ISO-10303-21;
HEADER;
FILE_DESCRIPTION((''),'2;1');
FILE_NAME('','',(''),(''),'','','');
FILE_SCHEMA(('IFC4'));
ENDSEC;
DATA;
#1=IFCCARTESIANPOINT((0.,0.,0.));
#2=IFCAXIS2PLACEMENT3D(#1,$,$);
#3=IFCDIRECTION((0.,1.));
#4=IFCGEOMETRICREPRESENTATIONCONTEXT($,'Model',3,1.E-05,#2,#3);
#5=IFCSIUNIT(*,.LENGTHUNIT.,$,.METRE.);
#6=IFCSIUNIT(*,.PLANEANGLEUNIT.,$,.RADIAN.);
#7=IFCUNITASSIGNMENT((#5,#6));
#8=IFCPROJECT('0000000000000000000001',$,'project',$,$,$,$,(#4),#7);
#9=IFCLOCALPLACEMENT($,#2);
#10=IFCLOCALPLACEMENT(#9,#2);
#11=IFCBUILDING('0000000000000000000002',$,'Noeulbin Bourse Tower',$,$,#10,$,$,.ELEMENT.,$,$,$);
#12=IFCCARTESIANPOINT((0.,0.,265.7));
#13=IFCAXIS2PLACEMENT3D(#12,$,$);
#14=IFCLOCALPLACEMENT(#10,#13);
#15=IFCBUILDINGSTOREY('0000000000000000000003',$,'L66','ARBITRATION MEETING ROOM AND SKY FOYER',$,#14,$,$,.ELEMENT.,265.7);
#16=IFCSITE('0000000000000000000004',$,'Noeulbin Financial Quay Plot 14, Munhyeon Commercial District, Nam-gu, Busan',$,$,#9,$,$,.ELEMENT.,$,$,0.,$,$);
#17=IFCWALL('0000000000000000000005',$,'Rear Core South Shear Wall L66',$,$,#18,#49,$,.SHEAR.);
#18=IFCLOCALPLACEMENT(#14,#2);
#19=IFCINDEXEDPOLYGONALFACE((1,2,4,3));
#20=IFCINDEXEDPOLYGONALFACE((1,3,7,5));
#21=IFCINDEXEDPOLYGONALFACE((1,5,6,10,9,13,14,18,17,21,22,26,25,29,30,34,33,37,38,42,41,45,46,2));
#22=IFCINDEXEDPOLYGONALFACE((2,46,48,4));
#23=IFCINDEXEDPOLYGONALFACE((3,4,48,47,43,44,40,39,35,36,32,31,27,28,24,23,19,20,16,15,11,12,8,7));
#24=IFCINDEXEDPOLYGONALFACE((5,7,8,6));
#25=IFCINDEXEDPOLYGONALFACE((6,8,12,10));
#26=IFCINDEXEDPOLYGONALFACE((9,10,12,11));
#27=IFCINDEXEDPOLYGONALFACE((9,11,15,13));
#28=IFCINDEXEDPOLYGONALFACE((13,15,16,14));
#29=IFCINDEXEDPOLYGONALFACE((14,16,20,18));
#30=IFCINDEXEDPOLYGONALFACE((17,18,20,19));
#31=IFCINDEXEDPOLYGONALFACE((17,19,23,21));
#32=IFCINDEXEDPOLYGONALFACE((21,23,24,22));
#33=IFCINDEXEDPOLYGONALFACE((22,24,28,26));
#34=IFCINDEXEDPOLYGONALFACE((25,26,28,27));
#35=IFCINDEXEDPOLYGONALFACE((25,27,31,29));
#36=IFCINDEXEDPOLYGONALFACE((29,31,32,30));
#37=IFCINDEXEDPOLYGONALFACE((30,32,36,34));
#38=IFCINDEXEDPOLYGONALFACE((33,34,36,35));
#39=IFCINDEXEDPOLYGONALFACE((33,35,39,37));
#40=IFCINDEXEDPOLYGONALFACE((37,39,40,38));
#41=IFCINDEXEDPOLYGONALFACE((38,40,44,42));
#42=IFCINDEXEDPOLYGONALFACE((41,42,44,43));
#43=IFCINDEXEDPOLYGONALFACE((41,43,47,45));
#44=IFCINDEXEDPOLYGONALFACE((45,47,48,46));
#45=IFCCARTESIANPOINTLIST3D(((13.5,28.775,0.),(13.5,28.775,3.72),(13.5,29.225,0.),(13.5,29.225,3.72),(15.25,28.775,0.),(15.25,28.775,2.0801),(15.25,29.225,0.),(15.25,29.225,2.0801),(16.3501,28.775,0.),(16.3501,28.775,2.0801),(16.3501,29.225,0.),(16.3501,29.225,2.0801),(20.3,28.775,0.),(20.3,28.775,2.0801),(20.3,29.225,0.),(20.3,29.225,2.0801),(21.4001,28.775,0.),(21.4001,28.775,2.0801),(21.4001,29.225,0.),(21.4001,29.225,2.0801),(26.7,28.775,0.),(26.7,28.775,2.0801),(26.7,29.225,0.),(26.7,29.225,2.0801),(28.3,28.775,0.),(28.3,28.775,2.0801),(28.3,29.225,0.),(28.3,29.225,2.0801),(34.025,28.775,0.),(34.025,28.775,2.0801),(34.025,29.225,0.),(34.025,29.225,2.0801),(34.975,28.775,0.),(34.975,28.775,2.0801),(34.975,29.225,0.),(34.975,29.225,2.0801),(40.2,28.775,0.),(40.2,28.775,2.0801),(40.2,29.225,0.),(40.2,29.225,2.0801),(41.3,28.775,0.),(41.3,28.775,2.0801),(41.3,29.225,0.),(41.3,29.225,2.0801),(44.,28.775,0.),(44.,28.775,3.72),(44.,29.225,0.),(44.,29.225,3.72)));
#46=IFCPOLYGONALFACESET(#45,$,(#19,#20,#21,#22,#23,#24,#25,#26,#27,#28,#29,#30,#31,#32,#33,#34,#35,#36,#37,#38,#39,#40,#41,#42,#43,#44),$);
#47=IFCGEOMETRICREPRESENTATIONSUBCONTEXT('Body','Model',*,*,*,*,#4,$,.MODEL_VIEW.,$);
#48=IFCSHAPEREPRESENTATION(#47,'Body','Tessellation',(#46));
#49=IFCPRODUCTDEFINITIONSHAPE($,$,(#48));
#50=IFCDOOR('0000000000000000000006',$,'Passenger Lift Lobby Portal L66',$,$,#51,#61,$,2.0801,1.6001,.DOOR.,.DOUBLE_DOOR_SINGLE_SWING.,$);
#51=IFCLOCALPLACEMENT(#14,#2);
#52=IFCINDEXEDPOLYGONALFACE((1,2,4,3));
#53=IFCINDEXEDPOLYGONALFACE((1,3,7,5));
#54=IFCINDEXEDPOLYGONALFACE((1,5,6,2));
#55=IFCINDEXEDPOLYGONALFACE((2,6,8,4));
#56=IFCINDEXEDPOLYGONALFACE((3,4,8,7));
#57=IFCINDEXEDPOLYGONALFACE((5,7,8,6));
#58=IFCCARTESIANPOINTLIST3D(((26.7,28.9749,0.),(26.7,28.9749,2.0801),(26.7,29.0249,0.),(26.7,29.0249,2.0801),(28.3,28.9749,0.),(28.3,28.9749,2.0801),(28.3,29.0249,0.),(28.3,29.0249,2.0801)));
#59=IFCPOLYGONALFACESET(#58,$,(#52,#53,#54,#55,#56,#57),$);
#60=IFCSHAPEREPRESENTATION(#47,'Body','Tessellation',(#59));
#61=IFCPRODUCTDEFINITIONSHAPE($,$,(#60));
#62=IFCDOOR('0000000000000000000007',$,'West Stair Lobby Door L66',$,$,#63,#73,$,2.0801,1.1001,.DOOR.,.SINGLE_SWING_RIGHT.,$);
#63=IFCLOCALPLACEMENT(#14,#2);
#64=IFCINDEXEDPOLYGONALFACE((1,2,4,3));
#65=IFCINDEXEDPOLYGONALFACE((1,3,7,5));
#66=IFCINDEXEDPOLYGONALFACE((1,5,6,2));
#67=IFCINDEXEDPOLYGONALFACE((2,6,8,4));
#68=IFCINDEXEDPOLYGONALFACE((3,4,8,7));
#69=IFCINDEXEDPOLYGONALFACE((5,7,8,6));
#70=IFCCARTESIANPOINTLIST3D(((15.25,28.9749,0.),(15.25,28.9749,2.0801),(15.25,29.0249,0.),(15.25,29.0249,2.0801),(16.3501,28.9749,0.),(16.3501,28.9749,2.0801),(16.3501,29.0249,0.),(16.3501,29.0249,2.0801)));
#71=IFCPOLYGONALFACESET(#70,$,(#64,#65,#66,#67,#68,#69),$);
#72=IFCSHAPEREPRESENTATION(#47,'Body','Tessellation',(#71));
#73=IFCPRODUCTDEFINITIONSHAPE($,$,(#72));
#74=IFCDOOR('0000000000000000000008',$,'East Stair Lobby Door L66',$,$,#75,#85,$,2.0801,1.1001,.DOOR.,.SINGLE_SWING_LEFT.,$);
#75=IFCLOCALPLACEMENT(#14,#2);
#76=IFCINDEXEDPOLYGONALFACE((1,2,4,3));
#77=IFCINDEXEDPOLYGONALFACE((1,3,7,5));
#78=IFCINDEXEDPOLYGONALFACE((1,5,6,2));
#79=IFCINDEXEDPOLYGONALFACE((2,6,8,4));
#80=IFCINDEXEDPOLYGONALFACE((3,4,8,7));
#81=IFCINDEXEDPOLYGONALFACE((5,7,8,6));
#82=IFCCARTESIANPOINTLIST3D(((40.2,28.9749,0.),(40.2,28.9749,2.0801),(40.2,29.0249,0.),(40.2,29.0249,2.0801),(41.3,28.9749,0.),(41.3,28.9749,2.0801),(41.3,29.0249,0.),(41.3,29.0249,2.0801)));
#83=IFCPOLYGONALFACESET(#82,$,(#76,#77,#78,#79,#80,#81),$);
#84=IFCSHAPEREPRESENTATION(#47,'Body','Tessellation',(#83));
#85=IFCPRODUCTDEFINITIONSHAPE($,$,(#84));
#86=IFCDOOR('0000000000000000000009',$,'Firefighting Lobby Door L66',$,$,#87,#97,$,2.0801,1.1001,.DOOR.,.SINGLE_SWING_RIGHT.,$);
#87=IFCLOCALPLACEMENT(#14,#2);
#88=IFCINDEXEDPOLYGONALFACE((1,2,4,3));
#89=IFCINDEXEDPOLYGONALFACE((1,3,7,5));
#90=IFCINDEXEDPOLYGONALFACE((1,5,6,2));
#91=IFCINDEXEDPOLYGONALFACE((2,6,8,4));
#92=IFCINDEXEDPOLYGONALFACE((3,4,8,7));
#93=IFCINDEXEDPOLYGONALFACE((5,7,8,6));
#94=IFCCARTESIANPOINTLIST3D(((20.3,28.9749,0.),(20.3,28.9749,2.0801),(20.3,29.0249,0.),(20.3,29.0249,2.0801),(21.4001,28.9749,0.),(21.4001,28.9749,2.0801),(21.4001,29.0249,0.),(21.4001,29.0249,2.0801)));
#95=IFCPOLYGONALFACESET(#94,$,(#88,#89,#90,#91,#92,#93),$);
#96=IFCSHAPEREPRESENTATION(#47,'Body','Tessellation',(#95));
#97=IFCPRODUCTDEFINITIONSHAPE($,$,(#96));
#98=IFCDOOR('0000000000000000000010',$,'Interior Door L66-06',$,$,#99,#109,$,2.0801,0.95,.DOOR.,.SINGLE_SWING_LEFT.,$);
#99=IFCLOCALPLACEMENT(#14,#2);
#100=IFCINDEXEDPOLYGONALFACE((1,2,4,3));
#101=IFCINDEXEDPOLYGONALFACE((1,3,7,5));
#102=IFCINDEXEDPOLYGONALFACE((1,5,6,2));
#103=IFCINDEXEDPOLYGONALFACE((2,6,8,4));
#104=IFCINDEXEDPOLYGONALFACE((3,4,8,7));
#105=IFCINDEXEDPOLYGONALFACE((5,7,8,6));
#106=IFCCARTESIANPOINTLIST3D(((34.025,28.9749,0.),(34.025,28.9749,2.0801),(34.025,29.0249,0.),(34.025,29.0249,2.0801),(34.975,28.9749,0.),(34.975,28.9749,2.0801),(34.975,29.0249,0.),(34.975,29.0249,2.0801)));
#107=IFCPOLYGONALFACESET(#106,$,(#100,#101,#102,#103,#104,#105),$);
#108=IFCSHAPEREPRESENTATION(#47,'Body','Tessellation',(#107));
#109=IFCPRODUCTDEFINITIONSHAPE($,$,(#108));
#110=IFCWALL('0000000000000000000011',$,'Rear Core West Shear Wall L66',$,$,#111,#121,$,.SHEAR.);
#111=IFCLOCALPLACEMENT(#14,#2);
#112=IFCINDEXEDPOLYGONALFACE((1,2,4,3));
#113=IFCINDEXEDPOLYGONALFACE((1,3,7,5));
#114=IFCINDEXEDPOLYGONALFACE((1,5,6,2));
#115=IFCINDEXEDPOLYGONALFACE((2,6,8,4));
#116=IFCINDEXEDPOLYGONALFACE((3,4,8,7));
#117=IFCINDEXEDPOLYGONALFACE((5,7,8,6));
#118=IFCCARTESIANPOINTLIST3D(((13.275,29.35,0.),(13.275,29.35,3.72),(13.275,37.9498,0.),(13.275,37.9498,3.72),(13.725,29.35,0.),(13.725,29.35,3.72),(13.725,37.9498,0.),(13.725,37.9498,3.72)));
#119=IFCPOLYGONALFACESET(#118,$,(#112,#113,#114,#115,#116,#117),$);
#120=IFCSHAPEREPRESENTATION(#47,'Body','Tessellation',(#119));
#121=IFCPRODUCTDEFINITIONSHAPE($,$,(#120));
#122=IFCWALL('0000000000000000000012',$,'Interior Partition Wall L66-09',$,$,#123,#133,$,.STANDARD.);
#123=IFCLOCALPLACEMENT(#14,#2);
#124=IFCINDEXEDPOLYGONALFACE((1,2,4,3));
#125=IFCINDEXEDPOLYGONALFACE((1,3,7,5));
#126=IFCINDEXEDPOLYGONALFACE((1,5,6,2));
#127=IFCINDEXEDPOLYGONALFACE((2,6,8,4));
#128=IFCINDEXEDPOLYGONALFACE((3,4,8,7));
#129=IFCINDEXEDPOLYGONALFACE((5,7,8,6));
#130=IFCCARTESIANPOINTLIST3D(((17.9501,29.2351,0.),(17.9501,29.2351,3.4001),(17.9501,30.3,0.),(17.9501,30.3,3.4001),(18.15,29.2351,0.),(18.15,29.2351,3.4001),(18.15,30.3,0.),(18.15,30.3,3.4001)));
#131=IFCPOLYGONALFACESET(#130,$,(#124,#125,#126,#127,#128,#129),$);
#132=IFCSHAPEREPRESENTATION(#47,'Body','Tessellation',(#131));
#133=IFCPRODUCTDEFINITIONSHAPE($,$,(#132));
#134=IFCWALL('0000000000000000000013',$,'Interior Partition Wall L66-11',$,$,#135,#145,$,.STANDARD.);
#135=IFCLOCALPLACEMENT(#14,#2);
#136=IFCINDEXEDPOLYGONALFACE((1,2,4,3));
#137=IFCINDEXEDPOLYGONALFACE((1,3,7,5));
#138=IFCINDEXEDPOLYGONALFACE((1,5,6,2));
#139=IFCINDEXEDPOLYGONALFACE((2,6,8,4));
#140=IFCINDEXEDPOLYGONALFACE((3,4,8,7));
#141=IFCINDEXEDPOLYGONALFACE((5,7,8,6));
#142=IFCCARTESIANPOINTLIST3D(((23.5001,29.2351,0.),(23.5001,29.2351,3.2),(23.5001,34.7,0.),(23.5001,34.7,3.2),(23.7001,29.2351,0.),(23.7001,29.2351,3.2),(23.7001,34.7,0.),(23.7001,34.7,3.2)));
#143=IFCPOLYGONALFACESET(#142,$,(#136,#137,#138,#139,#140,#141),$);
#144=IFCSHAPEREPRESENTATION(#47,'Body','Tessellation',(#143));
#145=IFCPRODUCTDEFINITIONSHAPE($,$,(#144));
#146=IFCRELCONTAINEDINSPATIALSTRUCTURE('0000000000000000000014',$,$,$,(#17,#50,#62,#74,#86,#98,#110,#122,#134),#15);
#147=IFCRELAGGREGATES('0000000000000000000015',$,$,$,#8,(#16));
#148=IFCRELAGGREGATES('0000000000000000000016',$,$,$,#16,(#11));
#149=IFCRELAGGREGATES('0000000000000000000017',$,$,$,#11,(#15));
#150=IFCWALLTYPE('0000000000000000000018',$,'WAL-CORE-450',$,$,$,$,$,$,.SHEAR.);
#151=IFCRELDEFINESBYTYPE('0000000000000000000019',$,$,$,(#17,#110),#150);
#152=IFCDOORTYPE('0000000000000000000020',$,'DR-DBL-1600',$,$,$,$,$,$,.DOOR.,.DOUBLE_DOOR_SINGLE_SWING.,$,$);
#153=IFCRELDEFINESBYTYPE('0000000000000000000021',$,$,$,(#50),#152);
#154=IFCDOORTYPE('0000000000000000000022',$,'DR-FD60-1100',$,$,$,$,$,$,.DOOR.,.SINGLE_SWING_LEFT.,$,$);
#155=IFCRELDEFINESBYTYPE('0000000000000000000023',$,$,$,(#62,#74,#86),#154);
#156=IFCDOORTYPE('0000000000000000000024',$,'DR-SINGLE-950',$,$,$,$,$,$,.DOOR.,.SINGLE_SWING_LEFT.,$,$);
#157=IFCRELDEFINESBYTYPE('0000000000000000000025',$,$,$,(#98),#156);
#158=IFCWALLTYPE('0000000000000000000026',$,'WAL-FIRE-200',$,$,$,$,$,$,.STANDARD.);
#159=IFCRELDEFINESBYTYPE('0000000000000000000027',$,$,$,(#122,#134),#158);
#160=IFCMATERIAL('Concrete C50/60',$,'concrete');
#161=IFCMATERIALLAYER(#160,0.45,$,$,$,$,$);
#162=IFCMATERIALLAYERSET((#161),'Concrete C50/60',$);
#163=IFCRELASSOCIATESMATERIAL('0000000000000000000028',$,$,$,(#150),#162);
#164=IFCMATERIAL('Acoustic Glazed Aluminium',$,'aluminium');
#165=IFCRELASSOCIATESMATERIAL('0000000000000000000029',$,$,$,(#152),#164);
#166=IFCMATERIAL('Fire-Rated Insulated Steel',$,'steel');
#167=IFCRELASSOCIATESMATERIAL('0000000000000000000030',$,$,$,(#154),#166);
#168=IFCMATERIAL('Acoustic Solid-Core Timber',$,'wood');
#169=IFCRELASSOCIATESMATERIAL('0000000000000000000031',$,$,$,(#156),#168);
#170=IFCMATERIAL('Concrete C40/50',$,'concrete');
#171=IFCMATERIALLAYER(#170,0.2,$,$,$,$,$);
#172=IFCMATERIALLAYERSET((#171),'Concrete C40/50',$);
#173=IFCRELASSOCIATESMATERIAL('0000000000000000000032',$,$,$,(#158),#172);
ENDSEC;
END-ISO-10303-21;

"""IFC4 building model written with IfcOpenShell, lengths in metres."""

from ifc_helpers import new_model, si_unit, direction, frame, frame_2d, origin, place, context, subcontext, project, spatial, rectangle, extrude, material, layer, layer_set, type_object, element, fill, save


model = new_model("IFC4")

# Units and contexts
model_context = context("Model", 3, precision=1e-05, world=origin(), true_north=direction((0.0, 1.0)))
body_context = subcontext(model_context, "Body", "Model", "MODEL_VIEW")
ifc_project = project(units=[si_unit("LENGTHUNIT", "METRE"), si_unit("PLANEANGLEUNIT", "RADIAN")], contexts=[model_context])

# Site, building, storey
site_placement = place(None, origin())
site = spatial("IfcSite", under=ifc_project, at=site_placement, Name="Noeulbin Financial Quay Plot 14, Munhyeon Commercial District, Nam-gu, Busan", CompositionType="ELEMENT", RefElevation=0.0)
building_placement = place(site_placement, origin())
building = spatial("IfcBuilding", under=site, at=building_placement, Name="Noeulbin Bourse Tower", CompositionType="ELEMENT")
storey_placement = place(building_placement, frame((0.0, 0.0, 265.7)))
storey = spatial("IfcBuildingStorey", under=building, at=storey_placement, Name="L66", Description="ARBITRATION MEETING ROOM AND SKY FOYER", CompositionType="ELEMENT", Elevation=265.7)

# Wall, openings, doors
ifc_material_1 = material(Name="Concrete C50/60", Category="concrete")
ifc_layer_1 = layer(ifc_material_1, 0.45)
ifc_layer_set_1 = layer_set([ifc_layer_1], Name="Concrete C50/60")
wall_type_1 = type_object("IfcWallType", Name="WAL-CORE-450", PredefinedType="SHEAR", material=ifc_layer_set_1)
wall_1_placement = place(storey_placement, frame((13.5, 29.0, 0.0), z_axis=(0.0, 0.0, 1.0), x_axis=(1.0, 0.0, 0.0)))
wall_1 = element("IfcWall", 1, at=wall_1_placement, inside=storey, type_object=wall_type_1, Name="Rear Core South Shear Wall L66", PredefinedType="SHEAR", context=body_context, shape_type="SweptSolid", body=[
    extrude(rectangle(XDim=30.5, YDim=0.45, at=frame_2d((15.25, 0.0))), origin(), (0.0, 0.0, 1.0), 3.72),
])
opening_1_placement = place(wall_1_placement, frame((1.75, 0.0, 0.0)))
opening_1 = element("IfcOpeningElement", 2, at=opening_1_placement, cuts=wall_1, PredefinedType="OPENING", context=body_context, shape_type="SweptSolid", body=[
    extrude(rectangle(XDim=1.1001, YDim=2.0801, at=frame_2d((0.55, 1.04))), frame((0.0, 0.2349, 0.0), z_axis=(0.0, -1.0, 0.0), x_axis=(1.0, 0.0, 0.0)), (0.0, 0.0, 1.0), 0.47),
])
opening_2_placement = place(wall_1_placement, frame((26.7, 0.0, 0.0)))
opening_2 = element("IfcOpeningElement", 3, at=opening_2_placement, cuts=wall_1, PredefinedType="OPENING", context=body_context, shape_type="SweptSolid", body=[
    extrude(rectangle(XDim=1.1001, YDim=2.0801, at=frame_2d((0.55, 1.04))), frame((0.0, 0.2349, 0.0), z_axis=(0.0, -1.0, 0.0), x_axis=(1.0, 0.0, 0.0)), (0.0, 0.0, 1.0), 0.47),
])
opening_3_placement = place(wall_1_placement, frame((6.8, 0.0, 0.0)))
opening_3 = element("IfcOpeningElement", 4, at=opening_3_placement, cuts=wall_1, PredefinedType="OPENING", context=body_context, shape_type="SweptSolid", body=[
    extrude(rectangle(XDim=1.1001, YDim=2.0801, at=frame_2d((0.55, 1.04))), frame((0.0, 0.2349, 0.0), z_axis=(0.0, -1.0, 0.0), x_axis=(1.0, 0.0, 0.0)), (0.0, 0.0, 1.0), 0.47),
])
opening_4_placement = place(wall_1_placement, frame((13.2, 0.0, 0.0)))
opening_4 = element("IfcOpeningElement", 5, at=opening_4_placement, cuts=wall_1, PredefinedType="OPENING", context=body_context, shape_type="SweptSolid", body=[
    extrude(rectangle(XDim=1.6001, YDim=2.0801, at=frame_2d((0.8, 1.04))), frame((0.0, 0.2349, 0.0), z_axis=(0.0, -1.0, 0.0), x_axis=(1.0, 0.0, 0.0)), (0.0, 0.0, 1.0), 0.47),
])
opening_5_placement = place(wall_1_placement, frame((20.5249, 0.0, 0.0)))
opening_5 = element("IfcOpeningElement", 6, at=opening_5_placement, cuts=wall_1, PredefinedType="OPENING", context=body_context, shape_type="SweptSolid", body=[
    extrude(rectangle(XDim=0.95, YDim=2.0801, at=frame_2d((0.4751, 1.04))), frame((0.0, 0.2349, 0.0), z_axis=(0.0, -1.0, 0.0), x_axis=(1.0, 0.0, 0.0)), (0.0, 0.0, 1.0), 0.47),
])
ifc_material_2 = material(Name="Acoustic Glazed Aluminium", Category="aluminium")
door_type_1 = type_object("IfcDoorType", Name="DR-DBL-1600", OperationType="DOUBLE_DOOR_SINGLE_SWING", PredefinedType="DOOR", material=ifc_material_2)
door_1_placement = place(opening_4_placement, origin())
door_1 = element("IfcDoor", 7, at=door_1_placement, inside=storey, type_object=door_type_1, Name="Passenger Lift Lobby Portal L66", OperationType="DOUBLE_DOOR_SINGLE_SWING", OverallHeight=2.0801, OverallWidth=1.6001, PredefinedType="DOOR", context=body_context, shape_type="SweptSolid", body=[
    extrude(rectangle(XDim=1.6001, YDim=2.0801, at=frame_2d((0.8, 1.04))), frame((0.0, 0.0249, 0.0), z_axis=(0.0, -1.0, 0.0), x_axis=(1.0, 0.0, 0.0)), (0.0, 0.0, 1.0), 0.05),
])
fill(opening_4, door_1)
ifc_material_3 = material(Name="Fire-Rated Insulated Steel", Category="steel")
door_type_2 = type_object("IfcDoorType", Name="DR-FD60-1100", OperationType="SINGLE_SWING_LEFT", PredefinedType="DOOR", material=ifc_material_3)
door_2_placement = place(opening_1_placement, origin())
door_2 = element("IfcDoor", 8, at=door_2_placement, inside=storey, type_object=door_type_2, Name="West Stair Lobby Door L66", OperationType="SINGLE_SWING_RIGHT", OverallHeight=2.0801, OverallWidth=1.1001, PredefinedType="DOOR", context=body_context, shape_type="SweptSolid", body=[
    extrude(rectangle(XDim=1.1001, YDim=2.0801, at=frame_2d((0.55, 1.04))), frame((0.0, 0.0249, 0.0), z_axis=(0.0, -1.0, 0.0), x_axis=(1.0, 0.0, 0.0)), (0.0, 0.0, 1.0), 0.05),
])
fill(opening_1, door_2)
door_3_placement = place(opening_2_placement, origin())
door_3 = element("IfcDoor", 9, at=door_3_placement, inside=storey, type_object=door_type_2, Name="East Stair Lobby Door L66", OperationType="SINGLE_SWING_LEFT", OverallHeight=2.0801, OverallWidth=1.1001, PredefinedType="DOOR", context=body_context, shape_type="SweptSolid", body=[
    extrude(rectangle(XDim=1.1001, YDim=2.0801, at=frame_2d((0.55, 1.04))), frame((0.0, 0.0249, 0.0), z_axis=(0.0, -1.0, 0.0), x_axis=(1.0, 0.0, 0.0)), (0.0, 0.0, 1.0), 0.05),
])
fill(opening_2, door_3)
door_4_placement = place(opening_3_placement, origin())
door_4 = element("IfcDoor", 10, at=door_4_placement, inside=storey, type_object=door_type_2, Name="Firefighting Lobby Door L66", OperationType="SINGLE_SWING_RIGHT", OverallHeight=2.0801, OverallWidth=1.1001, PredefinedType="DOOR", context=body_context, shape_type="SweptSolid", body=[
    extrude(rectangle(XDim=1.1001, YDim=2.0801, at=frame_2d((0.55, 1.04))), frame((0.0, 0.0249, 0.0), z_axis=(0.0, -1.0, 0.0), x_axis=(1.0, 0.0, 0.0)), (0.0, 0.0, 1.0), 0.05),
])
fill(opening_3, door_4)
ifc_material_4 = material(Name="Acoustic Solid-Core Timber", Category="wood")
door_type_3 = type_object("IfcDoorType", Name="DR-SINGLE-950", OperationType="SINGLE_SWING_LEFT", PredefinedType="DOOR", material=ifc_material_4)
door_5_placement = place(opening_5_placement, origin())
door_5 = element("IfcDoor", 11, at=door_5_placement, inside=storey, type_object=door_type_3, Name="Interior Door L66-06", OperationType="SINGLE_SWING_LEFT", OverallHeight=2.0801, OverallWidth=0.95, PredefinedType="DOOR", context=body_context, shape_type="SweptSolid", body=[
    extrude(rectangle(XDim=0.95, YDim=2.0801, at=frame_2d((0.4751, 1.04))), frame((0.0, 0.0249, 0.0), z_axis=(0.0, -1.0, 0.0), x_axis=(1.0, 0.0, 0.0)), (0.0, 0.0, 1.0), 0.05),
])
fill(opening_5, door_5)

# Walls
wall_2_placement = place(storey_placement, frame((13.5, 29.3501, 0.0), z_axis=(0.0, 0.0, 1.0), x_axis=(0.0, 1.0, 0.0)))
element("IfcWall", 12, at=wall_2_placement, inside=storey, type_object=wall_type_1, Name="Rear Core West Shear Wall L66", PredefinedType="SHEAR", context=body_context, shape_type="SweptSolid", body=[
    extrude(rectangle(XDim=8.5999, YDim=0.45, at=frame_2d((4.2998, 0.0))), origin(), (0.0, 0.0, 1.0), 3.72),
])
ifc_material_5 = material(Name="Concrete C40/50", Category="concrete")
ifc_layer_2 = layer(ifc_material_5, 0.2)
ifc_layer_set_2 = layer_set([ifc_layer_2], Name="Concrete C40/50")
wall_type_2 = type_object("IfcWallType", Name="WAL-FIRE-200", PredefinedType="STANDARD", material=ifc_layer_set_2)
wall_3_placement = place(storey_placement, frame((18.05, 29.2351, 0.0), z_axis=(0.0, 0.0, 1.0), x_axis=(0.0, 1.0, 0.0)))
element("IfcWall", 13, at=wall_3_placement, inside=storey, type_object=wall_type_2, Name="Interior Partition Wall L66-09", PredefinedType="STANDARD", context=body_context, shape_type="SweptSolid", body=[
    extrude(rectangle(XDim=1.0649, YDim=0.2, at=frame_2d((0.5325, 0.0))), origin(), (0.0, 0.0, 1.0), 3.4001),
])
wall_4_placement = place(storey_placement, frame((23.6001, 29.2351, 0.0), z_axis=(0.0, 0.0, 1.0), x_axis=(0.0, 1.0, 0.0)))
element("IfcWall", 14, at=wall_4_placement, inside=storey, type_object=wall_type_2, Name="Interior Partition Wall L66-11", PredefinedType="STANDARD", context=body_context, shape_type="SweptSolid", body=[
    extrude(rectangle(XDim=5.4648, YDim=0.2, at=frame_2d((2.7324, 0.0))), origin(), (0.0, 0.0, 1.0), 3.2),
])

save(model, "model.ifc")
